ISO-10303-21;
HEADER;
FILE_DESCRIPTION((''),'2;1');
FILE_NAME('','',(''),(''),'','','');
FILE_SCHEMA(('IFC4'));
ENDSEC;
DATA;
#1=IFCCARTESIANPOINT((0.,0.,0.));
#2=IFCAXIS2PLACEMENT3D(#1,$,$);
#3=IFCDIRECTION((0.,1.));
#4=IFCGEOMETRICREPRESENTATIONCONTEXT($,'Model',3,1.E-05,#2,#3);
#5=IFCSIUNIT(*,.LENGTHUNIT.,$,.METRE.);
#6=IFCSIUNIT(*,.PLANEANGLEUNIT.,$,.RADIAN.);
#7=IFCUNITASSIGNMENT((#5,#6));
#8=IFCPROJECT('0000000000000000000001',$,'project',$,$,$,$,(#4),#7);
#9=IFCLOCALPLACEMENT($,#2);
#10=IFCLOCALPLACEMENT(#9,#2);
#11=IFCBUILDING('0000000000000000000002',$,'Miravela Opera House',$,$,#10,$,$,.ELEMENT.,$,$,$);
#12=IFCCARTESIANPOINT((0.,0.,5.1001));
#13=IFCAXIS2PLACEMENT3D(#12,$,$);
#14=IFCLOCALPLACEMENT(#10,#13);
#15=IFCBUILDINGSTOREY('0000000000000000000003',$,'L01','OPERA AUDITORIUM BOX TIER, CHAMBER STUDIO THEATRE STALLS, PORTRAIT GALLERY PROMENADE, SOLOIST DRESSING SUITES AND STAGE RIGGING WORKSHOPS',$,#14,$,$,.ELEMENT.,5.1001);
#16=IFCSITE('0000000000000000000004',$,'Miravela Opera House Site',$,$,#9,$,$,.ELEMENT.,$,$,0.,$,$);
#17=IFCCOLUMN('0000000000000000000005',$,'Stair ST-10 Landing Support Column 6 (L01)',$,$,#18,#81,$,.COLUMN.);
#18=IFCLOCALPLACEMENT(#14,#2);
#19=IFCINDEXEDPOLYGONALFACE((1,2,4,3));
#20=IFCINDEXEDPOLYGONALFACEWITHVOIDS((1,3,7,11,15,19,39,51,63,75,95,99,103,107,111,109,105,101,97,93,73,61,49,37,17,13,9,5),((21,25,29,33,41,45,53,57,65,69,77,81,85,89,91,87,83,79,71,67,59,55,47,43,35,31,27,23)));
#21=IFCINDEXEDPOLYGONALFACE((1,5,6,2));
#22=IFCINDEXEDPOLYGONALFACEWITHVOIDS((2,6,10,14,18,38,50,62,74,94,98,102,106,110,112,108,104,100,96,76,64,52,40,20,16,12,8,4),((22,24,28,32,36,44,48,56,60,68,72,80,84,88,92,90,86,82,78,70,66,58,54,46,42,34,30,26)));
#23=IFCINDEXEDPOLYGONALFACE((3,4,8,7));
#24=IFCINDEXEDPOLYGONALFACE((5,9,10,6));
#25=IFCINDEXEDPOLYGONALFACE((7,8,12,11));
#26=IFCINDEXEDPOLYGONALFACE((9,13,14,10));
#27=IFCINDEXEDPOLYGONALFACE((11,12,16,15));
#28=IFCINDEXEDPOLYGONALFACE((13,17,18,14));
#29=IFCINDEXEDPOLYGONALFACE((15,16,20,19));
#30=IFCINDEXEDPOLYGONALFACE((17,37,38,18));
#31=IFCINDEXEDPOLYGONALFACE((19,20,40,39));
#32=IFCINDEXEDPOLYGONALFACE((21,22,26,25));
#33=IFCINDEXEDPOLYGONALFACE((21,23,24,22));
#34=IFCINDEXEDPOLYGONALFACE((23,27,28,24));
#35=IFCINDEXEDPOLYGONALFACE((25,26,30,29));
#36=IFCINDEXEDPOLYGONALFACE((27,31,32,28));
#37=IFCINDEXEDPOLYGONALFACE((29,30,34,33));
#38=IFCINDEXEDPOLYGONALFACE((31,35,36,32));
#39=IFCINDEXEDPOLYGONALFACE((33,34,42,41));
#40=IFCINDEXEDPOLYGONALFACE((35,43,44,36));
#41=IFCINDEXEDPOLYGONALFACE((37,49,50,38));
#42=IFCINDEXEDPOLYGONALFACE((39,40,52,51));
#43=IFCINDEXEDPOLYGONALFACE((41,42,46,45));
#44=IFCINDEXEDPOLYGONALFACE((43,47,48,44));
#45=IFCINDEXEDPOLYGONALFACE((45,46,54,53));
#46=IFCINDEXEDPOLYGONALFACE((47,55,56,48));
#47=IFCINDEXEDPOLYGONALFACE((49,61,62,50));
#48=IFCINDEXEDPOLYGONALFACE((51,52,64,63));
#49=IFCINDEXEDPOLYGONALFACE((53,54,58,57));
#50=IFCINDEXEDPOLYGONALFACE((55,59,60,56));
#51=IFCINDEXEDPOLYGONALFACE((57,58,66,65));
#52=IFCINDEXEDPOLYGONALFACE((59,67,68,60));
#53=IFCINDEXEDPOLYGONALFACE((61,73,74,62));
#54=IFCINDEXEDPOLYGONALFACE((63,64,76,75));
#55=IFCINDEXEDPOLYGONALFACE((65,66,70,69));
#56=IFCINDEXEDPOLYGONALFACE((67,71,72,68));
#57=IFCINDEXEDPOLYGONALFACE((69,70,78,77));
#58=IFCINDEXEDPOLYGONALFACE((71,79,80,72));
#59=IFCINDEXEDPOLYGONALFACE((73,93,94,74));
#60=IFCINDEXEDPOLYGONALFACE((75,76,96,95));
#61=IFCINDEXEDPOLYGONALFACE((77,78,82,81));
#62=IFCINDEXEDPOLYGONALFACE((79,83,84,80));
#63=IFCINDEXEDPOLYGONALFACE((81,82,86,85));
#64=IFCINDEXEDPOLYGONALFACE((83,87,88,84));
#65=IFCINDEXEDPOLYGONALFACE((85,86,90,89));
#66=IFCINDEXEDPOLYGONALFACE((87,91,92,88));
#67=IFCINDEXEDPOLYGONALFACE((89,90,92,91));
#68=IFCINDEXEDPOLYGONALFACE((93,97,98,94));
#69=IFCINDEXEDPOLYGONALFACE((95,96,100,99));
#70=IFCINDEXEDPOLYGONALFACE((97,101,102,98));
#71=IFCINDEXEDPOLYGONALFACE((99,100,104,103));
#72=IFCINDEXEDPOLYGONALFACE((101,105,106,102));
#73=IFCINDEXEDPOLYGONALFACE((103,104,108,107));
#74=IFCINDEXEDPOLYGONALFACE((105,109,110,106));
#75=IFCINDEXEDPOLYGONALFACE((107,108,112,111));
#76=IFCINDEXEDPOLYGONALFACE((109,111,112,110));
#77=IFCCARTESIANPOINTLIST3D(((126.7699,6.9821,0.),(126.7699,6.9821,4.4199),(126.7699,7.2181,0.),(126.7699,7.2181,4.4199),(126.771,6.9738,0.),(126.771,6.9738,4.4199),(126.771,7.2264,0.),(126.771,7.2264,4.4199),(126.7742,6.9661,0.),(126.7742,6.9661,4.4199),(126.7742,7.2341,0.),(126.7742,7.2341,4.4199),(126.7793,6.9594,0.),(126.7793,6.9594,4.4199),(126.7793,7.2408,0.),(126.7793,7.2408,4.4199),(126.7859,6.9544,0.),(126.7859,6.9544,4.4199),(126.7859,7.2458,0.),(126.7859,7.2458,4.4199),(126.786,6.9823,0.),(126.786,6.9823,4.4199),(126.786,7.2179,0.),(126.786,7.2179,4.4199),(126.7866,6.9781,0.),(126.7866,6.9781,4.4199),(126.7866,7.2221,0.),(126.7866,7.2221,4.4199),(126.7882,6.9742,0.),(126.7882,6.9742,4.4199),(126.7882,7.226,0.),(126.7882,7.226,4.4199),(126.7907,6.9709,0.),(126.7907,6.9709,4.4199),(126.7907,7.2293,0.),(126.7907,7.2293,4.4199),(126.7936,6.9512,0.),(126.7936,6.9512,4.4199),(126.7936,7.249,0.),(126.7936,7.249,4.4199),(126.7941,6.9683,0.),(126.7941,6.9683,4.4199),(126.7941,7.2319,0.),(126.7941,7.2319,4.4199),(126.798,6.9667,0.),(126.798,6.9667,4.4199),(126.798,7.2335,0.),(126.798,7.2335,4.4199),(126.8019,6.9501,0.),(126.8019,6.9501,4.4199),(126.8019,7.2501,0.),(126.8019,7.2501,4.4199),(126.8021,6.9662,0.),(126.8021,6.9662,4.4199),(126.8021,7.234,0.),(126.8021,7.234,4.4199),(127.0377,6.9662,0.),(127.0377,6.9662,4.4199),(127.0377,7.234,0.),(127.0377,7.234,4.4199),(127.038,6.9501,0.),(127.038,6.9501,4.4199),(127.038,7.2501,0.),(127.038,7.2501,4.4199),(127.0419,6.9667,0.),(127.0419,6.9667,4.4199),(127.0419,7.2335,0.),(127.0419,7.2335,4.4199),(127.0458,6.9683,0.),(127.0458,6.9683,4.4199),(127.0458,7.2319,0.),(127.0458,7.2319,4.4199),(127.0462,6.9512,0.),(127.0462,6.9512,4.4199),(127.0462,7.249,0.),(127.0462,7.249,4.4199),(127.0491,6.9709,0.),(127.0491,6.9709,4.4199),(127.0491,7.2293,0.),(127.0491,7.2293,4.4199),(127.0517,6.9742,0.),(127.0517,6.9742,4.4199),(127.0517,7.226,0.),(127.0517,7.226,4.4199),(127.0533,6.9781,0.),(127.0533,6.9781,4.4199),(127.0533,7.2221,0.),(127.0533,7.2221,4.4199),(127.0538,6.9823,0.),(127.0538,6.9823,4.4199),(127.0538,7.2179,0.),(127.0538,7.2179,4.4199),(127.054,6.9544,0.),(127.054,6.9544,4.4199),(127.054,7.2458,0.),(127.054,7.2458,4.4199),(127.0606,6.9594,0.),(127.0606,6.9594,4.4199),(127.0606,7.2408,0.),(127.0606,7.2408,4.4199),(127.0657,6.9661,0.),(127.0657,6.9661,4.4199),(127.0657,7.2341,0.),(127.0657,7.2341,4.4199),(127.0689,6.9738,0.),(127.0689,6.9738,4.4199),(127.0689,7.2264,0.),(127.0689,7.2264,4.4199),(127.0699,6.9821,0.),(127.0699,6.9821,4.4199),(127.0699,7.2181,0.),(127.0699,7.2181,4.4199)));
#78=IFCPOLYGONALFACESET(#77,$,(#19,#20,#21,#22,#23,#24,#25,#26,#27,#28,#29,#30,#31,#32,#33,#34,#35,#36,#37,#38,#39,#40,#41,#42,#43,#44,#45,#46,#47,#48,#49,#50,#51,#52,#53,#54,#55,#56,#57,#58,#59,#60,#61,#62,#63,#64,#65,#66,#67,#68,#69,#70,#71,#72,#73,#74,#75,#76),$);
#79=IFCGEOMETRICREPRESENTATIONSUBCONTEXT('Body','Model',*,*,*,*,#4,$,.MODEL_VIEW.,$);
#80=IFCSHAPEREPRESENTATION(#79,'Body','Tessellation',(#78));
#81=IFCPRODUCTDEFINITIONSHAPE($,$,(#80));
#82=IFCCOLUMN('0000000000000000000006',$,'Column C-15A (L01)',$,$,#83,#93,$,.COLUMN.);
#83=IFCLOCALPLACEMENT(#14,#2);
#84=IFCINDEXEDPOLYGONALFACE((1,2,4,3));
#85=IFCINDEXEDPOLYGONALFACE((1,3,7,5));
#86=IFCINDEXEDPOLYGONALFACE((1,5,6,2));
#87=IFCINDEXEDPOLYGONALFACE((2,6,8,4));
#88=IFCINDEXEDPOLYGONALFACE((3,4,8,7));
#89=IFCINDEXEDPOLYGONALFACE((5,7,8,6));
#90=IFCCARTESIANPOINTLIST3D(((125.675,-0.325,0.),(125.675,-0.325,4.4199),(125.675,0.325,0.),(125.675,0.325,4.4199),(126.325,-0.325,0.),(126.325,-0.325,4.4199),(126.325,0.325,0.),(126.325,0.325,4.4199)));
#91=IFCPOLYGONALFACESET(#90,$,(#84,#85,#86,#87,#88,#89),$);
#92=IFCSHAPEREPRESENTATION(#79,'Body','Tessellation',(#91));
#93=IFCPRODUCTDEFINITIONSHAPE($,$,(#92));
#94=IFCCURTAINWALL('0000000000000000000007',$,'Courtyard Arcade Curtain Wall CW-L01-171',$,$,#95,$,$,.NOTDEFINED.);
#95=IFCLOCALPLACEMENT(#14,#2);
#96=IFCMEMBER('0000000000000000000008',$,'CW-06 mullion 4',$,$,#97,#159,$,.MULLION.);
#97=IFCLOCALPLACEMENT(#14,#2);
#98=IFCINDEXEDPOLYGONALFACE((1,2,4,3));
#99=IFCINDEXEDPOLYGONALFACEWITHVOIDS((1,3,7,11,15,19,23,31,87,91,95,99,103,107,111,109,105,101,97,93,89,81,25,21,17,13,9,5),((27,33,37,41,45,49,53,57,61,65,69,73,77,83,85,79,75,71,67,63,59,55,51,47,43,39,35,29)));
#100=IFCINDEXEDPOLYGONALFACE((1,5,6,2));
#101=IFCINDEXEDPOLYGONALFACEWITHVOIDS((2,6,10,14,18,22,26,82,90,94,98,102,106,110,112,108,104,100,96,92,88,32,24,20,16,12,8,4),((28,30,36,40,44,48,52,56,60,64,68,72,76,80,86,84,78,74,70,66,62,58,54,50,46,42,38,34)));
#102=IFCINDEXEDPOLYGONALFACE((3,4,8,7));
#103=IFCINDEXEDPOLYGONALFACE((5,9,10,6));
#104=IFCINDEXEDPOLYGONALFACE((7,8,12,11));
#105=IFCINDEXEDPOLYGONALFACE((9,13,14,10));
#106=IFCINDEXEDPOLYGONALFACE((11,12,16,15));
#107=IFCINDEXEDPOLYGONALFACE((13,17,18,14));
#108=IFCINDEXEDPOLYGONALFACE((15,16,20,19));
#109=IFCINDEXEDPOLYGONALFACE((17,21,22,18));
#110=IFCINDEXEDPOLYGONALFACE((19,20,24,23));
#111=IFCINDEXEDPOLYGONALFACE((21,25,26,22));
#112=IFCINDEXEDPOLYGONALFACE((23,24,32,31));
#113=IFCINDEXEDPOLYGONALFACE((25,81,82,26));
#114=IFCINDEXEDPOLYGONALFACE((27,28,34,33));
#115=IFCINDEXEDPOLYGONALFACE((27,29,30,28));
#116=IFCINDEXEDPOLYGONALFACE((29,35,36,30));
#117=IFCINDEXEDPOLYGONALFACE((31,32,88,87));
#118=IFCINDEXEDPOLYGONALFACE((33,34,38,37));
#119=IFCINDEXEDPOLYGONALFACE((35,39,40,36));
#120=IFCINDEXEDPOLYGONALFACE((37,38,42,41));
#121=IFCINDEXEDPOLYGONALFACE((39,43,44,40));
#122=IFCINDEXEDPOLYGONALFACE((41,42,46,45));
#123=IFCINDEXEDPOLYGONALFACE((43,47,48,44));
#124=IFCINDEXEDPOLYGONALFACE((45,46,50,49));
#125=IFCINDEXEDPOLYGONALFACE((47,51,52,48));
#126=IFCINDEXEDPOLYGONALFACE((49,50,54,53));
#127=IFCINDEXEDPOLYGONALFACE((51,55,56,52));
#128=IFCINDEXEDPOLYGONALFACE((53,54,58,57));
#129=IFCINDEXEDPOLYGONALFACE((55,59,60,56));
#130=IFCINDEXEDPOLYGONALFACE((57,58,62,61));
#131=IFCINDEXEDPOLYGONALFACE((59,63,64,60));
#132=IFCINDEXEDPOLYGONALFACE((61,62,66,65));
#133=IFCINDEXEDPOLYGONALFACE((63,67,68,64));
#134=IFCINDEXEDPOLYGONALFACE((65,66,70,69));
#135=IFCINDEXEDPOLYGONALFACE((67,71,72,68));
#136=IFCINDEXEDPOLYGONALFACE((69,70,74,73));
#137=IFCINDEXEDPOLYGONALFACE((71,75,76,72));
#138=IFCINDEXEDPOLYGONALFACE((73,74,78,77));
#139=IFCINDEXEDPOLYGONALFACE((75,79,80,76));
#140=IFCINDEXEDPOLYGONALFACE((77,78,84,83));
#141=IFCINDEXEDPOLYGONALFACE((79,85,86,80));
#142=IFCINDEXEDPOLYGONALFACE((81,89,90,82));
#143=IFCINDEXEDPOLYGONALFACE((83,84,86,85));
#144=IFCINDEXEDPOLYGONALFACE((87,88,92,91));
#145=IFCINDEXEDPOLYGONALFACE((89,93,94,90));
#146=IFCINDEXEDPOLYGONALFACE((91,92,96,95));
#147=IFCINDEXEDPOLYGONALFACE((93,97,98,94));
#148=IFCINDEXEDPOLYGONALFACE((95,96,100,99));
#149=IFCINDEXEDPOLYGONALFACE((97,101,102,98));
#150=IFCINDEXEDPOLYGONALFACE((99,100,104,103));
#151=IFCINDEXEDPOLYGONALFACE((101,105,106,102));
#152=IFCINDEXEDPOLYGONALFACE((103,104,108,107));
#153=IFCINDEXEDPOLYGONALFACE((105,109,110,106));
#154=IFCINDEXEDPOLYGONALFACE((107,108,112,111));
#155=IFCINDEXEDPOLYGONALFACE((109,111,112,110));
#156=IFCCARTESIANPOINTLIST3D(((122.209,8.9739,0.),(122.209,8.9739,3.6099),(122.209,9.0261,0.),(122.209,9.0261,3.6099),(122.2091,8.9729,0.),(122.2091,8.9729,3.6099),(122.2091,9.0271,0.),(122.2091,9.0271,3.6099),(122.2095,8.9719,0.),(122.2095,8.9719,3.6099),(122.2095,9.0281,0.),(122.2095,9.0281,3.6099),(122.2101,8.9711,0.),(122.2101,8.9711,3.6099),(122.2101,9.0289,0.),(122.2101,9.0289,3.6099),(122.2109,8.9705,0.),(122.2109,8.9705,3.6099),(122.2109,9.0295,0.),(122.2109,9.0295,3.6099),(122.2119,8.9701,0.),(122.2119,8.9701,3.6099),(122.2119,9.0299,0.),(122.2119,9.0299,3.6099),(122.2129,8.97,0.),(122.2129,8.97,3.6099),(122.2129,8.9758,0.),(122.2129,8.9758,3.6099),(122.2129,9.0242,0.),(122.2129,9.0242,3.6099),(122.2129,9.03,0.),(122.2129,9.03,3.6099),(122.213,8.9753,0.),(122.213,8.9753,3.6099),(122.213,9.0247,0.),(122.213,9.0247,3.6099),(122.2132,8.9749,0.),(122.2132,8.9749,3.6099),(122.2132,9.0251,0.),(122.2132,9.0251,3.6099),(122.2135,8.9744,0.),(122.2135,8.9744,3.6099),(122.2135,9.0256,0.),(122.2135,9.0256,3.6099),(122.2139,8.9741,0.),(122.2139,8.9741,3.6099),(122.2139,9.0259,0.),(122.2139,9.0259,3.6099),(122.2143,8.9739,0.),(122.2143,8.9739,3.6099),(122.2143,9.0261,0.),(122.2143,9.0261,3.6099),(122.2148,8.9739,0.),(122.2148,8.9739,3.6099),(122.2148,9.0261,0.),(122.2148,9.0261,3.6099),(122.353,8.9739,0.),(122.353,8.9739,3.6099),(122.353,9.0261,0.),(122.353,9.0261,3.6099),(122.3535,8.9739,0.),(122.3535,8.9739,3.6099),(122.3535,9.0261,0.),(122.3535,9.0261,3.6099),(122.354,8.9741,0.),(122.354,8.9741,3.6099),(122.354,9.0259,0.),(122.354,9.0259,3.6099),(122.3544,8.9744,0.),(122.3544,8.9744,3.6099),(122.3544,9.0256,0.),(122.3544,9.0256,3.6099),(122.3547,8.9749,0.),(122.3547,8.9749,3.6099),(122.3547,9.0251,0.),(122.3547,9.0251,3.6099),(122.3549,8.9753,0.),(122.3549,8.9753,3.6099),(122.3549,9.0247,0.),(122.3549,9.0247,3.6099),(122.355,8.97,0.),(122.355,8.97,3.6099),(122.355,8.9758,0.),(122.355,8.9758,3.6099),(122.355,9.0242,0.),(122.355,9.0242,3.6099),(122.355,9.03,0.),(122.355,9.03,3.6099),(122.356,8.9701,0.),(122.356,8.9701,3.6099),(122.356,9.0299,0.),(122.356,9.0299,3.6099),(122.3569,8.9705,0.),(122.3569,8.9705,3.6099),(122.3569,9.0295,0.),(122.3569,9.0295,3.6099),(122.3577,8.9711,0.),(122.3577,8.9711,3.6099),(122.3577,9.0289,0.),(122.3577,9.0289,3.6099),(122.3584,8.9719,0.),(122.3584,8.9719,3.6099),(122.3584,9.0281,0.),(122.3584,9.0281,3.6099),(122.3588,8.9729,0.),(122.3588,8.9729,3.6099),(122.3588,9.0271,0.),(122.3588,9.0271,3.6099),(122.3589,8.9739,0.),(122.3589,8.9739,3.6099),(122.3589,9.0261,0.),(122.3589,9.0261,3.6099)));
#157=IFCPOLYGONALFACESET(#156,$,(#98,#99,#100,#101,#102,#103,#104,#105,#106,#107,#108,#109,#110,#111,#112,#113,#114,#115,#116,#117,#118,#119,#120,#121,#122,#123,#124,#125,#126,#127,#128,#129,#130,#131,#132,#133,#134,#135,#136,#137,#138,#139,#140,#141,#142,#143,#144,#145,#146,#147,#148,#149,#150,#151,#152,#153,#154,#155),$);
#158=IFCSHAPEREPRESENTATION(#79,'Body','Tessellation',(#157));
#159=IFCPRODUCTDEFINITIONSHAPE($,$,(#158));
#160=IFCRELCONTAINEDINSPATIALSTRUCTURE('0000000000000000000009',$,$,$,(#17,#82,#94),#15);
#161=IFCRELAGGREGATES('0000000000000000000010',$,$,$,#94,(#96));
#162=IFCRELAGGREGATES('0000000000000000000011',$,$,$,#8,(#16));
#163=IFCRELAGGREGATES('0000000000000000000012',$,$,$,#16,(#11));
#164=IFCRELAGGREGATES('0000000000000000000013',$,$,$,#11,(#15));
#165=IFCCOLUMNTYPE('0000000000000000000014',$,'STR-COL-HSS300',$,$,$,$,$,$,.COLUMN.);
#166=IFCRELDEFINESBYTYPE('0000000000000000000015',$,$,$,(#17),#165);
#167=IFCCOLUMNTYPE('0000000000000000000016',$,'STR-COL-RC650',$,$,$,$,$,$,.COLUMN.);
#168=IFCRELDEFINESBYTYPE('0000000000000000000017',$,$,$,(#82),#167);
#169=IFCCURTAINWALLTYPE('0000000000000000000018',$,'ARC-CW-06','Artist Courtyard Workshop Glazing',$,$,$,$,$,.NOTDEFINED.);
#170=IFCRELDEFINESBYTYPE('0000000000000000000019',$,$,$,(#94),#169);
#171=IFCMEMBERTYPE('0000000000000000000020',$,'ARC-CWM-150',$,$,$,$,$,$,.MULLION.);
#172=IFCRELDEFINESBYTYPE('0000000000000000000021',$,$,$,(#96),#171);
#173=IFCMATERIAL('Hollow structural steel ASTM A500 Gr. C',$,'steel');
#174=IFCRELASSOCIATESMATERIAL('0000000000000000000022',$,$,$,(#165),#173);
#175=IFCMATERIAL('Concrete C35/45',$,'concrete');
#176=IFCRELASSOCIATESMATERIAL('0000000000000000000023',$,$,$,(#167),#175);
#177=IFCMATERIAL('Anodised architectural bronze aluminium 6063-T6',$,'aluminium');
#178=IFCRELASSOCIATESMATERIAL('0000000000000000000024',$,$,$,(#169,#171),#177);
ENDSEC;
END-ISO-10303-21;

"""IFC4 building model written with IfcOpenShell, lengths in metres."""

from ifc_helpers import new_model, si_unit, direction, frame, origin, origin_2d, place, context, subcontext, project, spatial, rectangle, hollow_rectangle, extrude, material, material_profile, profile_set, type_object, element, aggregate, save


model = new_model("IFC4")

# Units and contexts
model_context = context("Model", 3, precision=1e-05, world=origin(), true_north=direction((0.0, 1.0)))
body_context = subcontext(model_context, "Body", "Model", "MODEL_VIEW")
ifc_project = project(units=[si_unit("LENGTHUNIT", "METRE"), si_unit("PLANEANGLEUNIT", "RADIAN")], contexts=[model_context])

# Site, building, storey
site_placement = place(None, origin())
site = spatial("IfcSite", under=ifc_project, at=site_placement, Name="Miravela Opera House Site", CompositionType="ELEMENT", RefElevation=0.0)
building_placement = place(site_placement, origin())
building = spatial("IfcBuilding", under=site, at=building_placement, Name="Miravela Opera House", CompositionType="ELEMENT")
storey_placement = place(building_placement, frame((0.0, 0.0, 5.1001)))
storey = spatial("IfcBuildingStorey", under=building, at=storey_placement, Name="L01", Description="OPERA AUDITORIUM BOX TIER, CHAMBER STUDIO THEATRE STALLS, PORTRAIT GALLERY PROMENADE, SOLOIST DRESSING SUITES AND STAGE RIGGING WORKSHOPS", CompositionType="ELEMENT", Elevation=5.1001)

# Columns
ifc_material_1 = material(Name="Hollow structural steel ASTM A500 Gr. C", Category="steel")
ifc_material_profile_1 = material_profile(ifc_material_1, hollow_rectangle(XDim=0.3, YDim=0.3, WallThickness=0.0161, InnerFilletRadius=0.0161, OuterFilletRadius=0.032, at=origin_2d()), Name="HSS300X300X16")
ifc_profile_set_1 = profile_set([ifc_material_profile_1])
column_type_1 = type_object("IfcColumnType", Name="STR-COL-HSS300", PredefinedType="COLUMN", material=ifc_profile_set_1)
for number, where, z_axis, x_axis, name in (
    (1, (126.9199, 7.1001, 0.0), (0.0, 0.0, 1.0), (1.0, 0.0, 0.0), "Stair ST-10 Landing Support Column 6 (L01)"),
):
    element("IfcColumn", number, at=place(storey_placement, frame(where, z_axis=z_axis, x_axis=x_axis)), inside=storey, type_object=column_type_1, Name=name, PredefinedType="COLUMN", context=body_context, shape_type="SweptSolid", body=[
        extrude(hollow_rectangle(XDim=0.3, YDim=0.3, WallThickness=0.0161, InnerFilletRadius=0.0161, OuterFilletRadius=0.032, at=origin_2d()), origin(), (0.0, 0.0, 1.0), 4.4199),
    ])
ifc_material_2 = material(Name="Concrete C35/45", Category="concrete")
ifc_material_profile_2 = material_profile(ifc_material_2, rectangle(XDim=0.6499, YDim=0.6499, at=origin_2d()), Name="RC-COL-650X650")
ifc_profile_set_2 = profile_set([ifc_material_profile_2])
column_type_2 = type_object("IfcColumnType", Name="STR-COL-RC650", PredefinedType="COLUMN", material=ifc_profile_set_2)
column_placement = place(storey_placement, frame((126.0, 0.0, 0.0), z_axis=(0.0, 0.0, 1.0), x_axis=(1.0, 0.0, 0.0)))
element("IfcColumn", 2, at=column_placement, inside=storey, type_object=column_type_2, Name="Column C-15A (L01)", PredefinedType="COLUMN", context=body_context, shape_type="SweptSolid", body=[
    extrude(rectangle(XDim=0.6499, YDim=0.6499, at=origin_2d()), origin(), (0.0, 0.0, 1.0), 4.4199),
])

# Curtain wall, member
ifc_material_3 = material(Name="Anodised architectural bronze aluminium 6063-T6", Category="aluminium")
curtain_wall_type = type_object("IfcCurtainWallType", Name="ARC-CW-06", Description="Artist Courtyard Workshop Glazing", PredefinedType="NOTDEFINED", material=ifc_material_3)
curtain_wall_placement = place(storey_placement, origin())
curtain_wall = element("IfcCurtainWall", 3, at=curtain_wall_placement, inside=storey, type_object=curtain_wall_type, Name="Courtyard Arcade Curtain Wall CW-L01-171", PredefinedType="NOTDEFINED")
ifc_material_profile_3 = material_profile(ifc_material_3, hollow_rectangle(XDim=0.0601, YDim=0.1499, WallThickness=0.0039, InnerFilletRadius=0.002, OuterFilletRadius=0.0039, at=origin_2d()), Name="CWM-60X150")
ifc_profile_set_3 = profile_set([ifc_material_profile_3])
member_type_1 = type_object("IfcMemberType", Name="ARC-CWM-150", PredefinedType="MULLION", material=ifc_profile_set_3)
member_1_placement = place(storey_placement, frame((122.2839, 9.0, 0.0), z_axis=(0.0, 0.0, 1.0), x_axis=(0.0, 1.0, 0.0)))
member_1 = element("IfcMember", 4, at=member_1_placement, type_object=member_type_1, Name="CW-06 mullion 4", PredefinedType="MULLION", context=body_context, shape_type="SweptSolid", body=[
    extrude(hollow_rectangle(XDim=0.0601, YDim=0.1499, WallThickness=0.0039, InnerFilletRadius=0.002, OuterFilletRadius=0.0039, at=origin_2d()), origin(), (0.0, 0.0, 1.0), 3.6099),
])

aggregate(curtain_wall, [member_1])

save(model, "model.ifc")
